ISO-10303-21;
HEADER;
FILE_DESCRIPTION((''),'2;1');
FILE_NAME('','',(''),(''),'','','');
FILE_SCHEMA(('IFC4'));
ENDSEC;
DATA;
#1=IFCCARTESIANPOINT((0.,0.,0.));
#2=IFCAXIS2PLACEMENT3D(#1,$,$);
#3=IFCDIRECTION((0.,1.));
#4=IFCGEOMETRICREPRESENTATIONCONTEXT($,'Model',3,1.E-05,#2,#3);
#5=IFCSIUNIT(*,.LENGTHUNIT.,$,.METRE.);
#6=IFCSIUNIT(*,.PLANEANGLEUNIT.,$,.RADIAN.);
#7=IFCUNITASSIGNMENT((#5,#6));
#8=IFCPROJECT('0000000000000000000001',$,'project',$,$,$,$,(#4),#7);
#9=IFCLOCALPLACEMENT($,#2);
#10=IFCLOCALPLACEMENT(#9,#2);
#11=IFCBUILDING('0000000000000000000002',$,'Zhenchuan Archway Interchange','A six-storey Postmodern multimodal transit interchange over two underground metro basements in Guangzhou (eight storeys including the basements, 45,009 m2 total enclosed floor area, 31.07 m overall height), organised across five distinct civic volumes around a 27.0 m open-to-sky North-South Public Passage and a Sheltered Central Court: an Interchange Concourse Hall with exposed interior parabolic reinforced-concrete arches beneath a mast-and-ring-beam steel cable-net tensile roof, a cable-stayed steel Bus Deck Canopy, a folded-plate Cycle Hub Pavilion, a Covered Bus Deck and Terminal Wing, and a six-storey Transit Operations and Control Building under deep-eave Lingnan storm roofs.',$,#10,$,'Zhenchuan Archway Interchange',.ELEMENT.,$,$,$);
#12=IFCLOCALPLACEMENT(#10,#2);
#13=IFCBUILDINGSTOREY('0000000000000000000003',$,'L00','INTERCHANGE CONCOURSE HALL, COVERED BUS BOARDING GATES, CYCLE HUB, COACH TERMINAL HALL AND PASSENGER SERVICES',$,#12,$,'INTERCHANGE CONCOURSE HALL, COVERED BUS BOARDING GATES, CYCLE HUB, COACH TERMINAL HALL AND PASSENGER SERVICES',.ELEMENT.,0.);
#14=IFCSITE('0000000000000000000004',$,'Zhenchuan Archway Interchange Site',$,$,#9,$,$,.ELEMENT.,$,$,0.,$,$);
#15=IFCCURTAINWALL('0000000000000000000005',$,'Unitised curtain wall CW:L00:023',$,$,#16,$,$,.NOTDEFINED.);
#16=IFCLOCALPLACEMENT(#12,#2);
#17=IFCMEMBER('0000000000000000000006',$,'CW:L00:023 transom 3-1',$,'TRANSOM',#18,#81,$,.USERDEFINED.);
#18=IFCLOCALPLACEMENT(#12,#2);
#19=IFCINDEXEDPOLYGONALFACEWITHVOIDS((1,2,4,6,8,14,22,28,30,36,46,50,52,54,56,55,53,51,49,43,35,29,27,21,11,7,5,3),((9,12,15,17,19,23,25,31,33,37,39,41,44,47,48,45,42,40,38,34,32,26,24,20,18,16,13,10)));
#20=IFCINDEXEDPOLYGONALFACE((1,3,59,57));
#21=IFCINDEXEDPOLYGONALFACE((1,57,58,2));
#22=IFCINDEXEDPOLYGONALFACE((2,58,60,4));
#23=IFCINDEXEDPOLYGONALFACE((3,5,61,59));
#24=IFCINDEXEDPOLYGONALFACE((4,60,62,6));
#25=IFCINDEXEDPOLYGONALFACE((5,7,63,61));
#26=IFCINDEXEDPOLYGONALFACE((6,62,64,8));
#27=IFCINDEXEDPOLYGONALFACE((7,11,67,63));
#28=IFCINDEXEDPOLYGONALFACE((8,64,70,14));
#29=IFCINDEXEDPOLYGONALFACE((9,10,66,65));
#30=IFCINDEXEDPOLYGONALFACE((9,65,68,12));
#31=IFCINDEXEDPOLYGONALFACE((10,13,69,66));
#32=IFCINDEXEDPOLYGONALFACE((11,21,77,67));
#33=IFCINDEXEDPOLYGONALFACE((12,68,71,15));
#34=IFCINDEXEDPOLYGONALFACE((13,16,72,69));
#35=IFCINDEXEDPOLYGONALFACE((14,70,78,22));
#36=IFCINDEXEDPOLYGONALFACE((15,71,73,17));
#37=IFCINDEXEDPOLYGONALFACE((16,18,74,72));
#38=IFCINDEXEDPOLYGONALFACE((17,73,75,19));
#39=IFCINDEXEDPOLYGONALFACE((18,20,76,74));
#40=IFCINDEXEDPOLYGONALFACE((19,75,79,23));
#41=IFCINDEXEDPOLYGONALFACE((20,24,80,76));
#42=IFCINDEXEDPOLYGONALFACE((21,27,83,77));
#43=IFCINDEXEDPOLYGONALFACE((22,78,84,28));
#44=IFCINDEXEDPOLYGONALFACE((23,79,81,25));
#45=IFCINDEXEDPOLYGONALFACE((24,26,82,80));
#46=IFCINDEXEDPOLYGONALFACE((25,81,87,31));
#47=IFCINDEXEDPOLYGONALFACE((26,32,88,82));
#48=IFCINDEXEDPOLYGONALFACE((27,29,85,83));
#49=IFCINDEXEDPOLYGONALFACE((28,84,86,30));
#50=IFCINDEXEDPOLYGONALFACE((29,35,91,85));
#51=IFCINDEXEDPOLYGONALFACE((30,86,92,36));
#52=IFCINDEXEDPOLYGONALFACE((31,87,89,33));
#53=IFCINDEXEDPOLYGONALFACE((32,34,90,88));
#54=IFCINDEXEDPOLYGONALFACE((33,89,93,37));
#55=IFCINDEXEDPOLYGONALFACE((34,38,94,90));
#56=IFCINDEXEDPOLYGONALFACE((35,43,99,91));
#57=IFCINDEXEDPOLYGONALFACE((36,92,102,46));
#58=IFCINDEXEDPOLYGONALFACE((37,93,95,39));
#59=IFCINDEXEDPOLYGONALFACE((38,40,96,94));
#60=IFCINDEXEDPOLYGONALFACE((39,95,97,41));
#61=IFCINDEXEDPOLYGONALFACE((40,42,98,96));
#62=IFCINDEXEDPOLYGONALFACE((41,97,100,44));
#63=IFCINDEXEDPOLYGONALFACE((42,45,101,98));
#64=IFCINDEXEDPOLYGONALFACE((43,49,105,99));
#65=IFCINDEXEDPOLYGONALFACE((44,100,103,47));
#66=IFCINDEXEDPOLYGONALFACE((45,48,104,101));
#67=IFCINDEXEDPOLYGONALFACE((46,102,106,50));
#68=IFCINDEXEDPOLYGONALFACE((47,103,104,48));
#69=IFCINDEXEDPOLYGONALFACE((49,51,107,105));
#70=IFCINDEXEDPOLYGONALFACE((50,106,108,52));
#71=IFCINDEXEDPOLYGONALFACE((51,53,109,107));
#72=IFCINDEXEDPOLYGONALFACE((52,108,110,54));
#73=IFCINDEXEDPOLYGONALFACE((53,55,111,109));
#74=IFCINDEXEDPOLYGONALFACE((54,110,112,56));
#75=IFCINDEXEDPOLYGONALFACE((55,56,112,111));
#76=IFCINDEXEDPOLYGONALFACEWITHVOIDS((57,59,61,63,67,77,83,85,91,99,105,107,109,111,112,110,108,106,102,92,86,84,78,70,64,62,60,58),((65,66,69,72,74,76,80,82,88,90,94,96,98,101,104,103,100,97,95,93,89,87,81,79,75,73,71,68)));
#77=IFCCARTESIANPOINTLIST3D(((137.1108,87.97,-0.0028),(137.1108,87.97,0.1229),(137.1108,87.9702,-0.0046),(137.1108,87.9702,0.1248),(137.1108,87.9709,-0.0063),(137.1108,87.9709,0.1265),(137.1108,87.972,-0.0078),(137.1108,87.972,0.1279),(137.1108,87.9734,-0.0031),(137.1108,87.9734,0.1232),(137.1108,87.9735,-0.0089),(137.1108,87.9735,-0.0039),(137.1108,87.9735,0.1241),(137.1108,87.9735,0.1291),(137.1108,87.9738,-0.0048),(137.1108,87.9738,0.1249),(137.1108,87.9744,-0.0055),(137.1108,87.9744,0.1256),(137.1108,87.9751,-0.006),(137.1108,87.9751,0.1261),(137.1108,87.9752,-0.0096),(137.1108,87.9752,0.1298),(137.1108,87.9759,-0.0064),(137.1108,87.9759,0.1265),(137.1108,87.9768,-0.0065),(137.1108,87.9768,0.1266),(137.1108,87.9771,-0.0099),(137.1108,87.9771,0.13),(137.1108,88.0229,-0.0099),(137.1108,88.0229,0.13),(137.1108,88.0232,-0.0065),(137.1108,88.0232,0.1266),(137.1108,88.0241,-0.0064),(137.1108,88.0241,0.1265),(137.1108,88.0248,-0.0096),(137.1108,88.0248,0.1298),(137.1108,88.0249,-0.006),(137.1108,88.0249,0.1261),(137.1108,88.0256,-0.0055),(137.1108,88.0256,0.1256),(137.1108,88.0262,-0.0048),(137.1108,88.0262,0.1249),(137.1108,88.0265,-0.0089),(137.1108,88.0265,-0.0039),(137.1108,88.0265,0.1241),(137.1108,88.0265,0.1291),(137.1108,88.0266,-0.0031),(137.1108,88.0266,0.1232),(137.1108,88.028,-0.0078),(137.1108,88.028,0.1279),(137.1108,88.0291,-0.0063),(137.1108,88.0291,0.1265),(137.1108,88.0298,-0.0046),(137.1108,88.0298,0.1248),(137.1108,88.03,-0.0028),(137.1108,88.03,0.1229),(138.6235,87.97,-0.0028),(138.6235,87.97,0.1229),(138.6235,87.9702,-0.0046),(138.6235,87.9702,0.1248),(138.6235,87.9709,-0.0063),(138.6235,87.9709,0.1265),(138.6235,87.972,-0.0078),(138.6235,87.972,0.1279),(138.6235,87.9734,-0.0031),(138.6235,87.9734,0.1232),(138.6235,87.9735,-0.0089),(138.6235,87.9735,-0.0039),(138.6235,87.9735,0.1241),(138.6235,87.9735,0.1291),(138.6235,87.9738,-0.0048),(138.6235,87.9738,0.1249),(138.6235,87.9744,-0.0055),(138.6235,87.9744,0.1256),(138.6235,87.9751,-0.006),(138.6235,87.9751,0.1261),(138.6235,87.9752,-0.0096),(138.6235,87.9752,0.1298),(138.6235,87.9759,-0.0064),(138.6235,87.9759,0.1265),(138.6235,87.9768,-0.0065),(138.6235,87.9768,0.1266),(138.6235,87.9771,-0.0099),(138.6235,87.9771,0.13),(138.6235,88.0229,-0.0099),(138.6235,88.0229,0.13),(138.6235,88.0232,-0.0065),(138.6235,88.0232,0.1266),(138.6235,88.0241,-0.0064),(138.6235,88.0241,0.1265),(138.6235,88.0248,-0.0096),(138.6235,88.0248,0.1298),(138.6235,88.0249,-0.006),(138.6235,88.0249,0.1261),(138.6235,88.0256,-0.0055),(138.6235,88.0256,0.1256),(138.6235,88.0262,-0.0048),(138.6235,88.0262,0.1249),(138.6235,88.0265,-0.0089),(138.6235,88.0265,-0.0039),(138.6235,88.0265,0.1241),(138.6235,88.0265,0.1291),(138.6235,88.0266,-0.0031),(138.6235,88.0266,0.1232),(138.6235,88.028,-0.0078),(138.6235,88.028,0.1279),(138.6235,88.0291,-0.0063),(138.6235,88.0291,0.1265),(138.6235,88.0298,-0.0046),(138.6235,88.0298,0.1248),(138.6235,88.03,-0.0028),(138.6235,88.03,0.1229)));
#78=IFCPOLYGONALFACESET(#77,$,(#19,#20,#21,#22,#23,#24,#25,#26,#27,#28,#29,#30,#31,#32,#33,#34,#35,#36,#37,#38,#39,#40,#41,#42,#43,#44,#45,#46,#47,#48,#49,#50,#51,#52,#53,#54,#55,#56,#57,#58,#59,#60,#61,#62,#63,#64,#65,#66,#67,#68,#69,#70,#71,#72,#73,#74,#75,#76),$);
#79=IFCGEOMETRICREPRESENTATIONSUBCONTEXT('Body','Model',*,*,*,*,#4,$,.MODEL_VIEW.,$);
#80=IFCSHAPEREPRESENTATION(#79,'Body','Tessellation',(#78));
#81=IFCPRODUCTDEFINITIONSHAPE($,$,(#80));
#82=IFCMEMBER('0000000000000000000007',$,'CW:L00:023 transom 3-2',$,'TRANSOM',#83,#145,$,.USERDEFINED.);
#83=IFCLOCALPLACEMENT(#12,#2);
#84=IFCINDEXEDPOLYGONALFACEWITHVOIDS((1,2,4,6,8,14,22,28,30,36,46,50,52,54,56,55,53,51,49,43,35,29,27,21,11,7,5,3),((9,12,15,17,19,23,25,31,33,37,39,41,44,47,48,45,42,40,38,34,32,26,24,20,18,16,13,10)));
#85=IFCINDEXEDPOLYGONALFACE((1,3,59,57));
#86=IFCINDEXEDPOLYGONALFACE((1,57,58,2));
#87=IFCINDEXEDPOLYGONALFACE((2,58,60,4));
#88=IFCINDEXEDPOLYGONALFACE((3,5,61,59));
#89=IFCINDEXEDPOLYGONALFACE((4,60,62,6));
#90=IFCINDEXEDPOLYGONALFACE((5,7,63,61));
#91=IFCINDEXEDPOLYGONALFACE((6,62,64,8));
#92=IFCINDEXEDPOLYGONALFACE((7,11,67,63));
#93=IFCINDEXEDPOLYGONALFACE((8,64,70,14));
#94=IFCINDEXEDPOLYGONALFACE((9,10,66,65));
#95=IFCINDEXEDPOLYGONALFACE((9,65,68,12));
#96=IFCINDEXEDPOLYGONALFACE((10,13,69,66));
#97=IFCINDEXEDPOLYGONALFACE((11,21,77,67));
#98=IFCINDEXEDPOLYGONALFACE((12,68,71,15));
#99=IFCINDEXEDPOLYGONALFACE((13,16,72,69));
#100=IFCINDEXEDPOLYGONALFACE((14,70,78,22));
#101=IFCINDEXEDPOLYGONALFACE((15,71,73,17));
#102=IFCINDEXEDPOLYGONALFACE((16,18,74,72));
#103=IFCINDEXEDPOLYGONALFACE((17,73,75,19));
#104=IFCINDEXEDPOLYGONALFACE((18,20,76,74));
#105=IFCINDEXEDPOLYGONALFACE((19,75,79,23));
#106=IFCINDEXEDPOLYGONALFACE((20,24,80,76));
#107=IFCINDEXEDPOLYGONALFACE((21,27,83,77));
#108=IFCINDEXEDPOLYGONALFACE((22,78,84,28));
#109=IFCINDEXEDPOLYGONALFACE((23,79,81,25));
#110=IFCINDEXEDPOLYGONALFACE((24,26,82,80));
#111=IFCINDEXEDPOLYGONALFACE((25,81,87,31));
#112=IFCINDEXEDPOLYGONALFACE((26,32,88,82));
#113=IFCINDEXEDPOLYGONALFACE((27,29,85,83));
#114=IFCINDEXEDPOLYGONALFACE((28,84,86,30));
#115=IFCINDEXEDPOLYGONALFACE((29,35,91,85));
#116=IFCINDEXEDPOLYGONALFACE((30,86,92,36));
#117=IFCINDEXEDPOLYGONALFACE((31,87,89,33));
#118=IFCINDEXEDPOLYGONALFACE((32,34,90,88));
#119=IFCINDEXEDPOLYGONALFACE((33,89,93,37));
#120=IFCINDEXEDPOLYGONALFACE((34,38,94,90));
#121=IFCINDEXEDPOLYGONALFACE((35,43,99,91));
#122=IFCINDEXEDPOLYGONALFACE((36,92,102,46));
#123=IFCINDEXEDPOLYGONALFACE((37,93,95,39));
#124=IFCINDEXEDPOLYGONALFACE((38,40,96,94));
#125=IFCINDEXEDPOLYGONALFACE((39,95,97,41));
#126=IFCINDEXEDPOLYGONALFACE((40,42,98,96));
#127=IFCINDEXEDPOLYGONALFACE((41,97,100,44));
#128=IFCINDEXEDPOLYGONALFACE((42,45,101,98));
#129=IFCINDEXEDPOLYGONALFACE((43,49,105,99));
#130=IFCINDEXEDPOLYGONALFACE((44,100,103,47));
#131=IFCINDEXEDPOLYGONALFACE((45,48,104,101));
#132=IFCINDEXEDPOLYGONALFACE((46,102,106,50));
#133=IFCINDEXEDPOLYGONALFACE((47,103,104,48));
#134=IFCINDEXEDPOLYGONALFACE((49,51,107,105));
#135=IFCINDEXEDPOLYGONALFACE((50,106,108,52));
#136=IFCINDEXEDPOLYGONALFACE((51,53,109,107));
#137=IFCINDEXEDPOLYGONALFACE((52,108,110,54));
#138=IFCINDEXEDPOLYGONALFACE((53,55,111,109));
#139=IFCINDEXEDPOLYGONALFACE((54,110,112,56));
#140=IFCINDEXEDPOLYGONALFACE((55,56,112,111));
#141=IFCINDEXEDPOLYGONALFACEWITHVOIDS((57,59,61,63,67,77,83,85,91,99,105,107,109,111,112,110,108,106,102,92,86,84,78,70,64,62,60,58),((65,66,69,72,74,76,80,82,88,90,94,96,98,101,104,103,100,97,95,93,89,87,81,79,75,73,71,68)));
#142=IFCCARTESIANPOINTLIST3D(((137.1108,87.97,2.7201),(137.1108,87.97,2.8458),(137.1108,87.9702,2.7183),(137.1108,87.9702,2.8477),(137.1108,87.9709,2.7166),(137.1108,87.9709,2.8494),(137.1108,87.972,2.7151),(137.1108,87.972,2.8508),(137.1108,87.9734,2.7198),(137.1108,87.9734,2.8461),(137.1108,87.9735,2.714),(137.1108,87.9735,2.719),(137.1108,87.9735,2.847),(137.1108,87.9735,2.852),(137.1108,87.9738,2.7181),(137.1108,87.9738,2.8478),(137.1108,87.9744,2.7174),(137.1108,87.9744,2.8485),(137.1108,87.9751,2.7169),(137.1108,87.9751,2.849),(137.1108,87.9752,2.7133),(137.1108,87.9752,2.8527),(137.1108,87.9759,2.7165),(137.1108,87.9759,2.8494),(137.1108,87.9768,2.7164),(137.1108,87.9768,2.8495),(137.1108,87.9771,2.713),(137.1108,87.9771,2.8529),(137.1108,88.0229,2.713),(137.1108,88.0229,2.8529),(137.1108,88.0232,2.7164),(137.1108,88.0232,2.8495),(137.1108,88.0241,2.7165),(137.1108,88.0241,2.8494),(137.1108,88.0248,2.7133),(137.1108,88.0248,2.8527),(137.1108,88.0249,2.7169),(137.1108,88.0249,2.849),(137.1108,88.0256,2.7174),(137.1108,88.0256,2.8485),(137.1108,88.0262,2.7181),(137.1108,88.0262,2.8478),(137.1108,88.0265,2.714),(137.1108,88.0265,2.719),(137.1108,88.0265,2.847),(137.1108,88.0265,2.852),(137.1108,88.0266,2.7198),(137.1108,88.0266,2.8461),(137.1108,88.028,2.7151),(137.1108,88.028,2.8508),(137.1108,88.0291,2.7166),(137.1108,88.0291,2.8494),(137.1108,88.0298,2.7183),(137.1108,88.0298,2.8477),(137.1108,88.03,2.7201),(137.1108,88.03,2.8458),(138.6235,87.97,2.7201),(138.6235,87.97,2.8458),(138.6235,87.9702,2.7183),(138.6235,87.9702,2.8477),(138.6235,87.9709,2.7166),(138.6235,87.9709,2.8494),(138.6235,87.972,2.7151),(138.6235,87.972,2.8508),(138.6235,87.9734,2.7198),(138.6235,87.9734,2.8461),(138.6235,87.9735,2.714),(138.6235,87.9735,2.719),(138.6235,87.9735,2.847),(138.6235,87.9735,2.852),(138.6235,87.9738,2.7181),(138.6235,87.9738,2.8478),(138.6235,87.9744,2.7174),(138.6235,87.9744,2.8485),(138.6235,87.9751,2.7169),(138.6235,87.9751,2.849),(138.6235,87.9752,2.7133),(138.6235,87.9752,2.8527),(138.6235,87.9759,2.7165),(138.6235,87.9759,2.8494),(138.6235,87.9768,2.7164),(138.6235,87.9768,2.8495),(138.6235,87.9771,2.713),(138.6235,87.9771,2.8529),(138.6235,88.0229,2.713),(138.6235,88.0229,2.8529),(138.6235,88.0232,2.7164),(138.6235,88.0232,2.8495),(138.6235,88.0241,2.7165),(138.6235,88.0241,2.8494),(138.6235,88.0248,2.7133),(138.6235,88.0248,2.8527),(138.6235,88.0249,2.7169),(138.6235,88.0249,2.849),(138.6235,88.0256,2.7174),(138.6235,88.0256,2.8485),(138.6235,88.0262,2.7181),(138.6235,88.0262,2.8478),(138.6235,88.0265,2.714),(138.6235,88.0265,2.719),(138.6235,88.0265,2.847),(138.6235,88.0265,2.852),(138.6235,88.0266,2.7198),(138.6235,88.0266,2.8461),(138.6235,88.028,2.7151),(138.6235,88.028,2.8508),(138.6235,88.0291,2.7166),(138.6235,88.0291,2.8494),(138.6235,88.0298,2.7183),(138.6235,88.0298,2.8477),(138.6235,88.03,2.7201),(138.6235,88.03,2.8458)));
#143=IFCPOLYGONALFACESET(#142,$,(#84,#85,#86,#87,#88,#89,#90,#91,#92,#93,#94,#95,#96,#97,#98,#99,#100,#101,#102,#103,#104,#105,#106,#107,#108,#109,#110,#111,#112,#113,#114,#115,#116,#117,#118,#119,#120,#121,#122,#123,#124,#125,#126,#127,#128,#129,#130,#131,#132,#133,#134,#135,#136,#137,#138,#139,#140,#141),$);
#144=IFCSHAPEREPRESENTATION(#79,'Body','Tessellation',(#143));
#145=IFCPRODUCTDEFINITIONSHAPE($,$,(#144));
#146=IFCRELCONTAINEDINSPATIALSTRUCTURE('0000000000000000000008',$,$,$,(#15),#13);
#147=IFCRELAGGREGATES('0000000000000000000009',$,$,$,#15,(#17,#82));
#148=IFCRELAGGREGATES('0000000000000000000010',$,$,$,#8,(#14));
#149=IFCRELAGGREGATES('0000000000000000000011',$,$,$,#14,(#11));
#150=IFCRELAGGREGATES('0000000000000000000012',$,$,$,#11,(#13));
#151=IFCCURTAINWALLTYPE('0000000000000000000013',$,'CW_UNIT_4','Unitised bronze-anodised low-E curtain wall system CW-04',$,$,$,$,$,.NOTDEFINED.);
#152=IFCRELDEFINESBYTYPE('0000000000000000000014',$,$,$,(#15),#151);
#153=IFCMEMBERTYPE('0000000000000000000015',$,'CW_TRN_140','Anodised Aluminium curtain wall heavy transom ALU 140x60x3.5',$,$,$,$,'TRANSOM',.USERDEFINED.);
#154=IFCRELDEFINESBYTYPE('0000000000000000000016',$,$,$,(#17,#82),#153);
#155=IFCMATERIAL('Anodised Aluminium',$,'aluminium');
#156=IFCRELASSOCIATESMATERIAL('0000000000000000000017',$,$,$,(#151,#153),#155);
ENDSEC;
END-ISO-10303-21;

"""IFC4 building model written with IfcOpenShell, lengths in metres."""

from ifc_helpers import new_model, si_unit, direction, frame, origin, origin_2d, place, context, subcontext, project, spatial, hollow_rectangle, extrude, material, material_profile, profile_set, type_object, element, aggregate, save


model = new_model("IFC4")

# Units and contexts
model_context = context("Model", 3, precision=1e-05, world=origin(), true_north=direction((0.0, 1.0)))
body_context = subcontext(model_context, "Body", "Model", "MODEL_VIEW")
ifc_project = project(units=[si_unit("LENGTHUNIT", "METRE"), si_unit("PLANEANGLEUNIT", "RADIAN")], contexts=[model_context])

# Site, building, storey
site_placement = place(None, origin())
site = spatial("IfcSite", under=ifc_project, at=site_placement, Name="Zhenchuan Archway Interchange Site", CompositionType="ELEMENT", RefElevation=0.0)
building_placement = place(site_placement, origin())
building = spatial("IfcBuilding", under=site, at=building_placement, Name="Zhenchuan Archway Interchange", Description="A six-storey Postmodern multimodal transit interchange over two underground metro basements in Guangzhou (eight storeys including the basements, 45,009 m2 total enclosed floor area, 31.07 m overall height), organised across five distinct civic volumes around a 27.0 m open-to-sky North-South Public Passage and a Sheltered Central Court: an Interchange Concourse Hall with exposed interior parabolic reinforced-concrete arches beneath a mast-and-ring-beam steel cable-net tensile roof, a cable-stayed steel Bus Deck Canopy, a folded-plate Cycle Hub Pavilion, a Covered Bus Deck and Terminal Wing, and a six-storey Transit Operations and Control Building under deep-eave Lingnan storm roofs.", LongName="Zhenchuan Archway Interchange", CompositionType="ELEMENT")
storey_placement = place(building_placement, origin())
storey = spatial("IfcBuildingStorey", under=building, at=storey_placement, Name="L00", Description="INTERCHANGE CONCOURSE HALL, COVERED BUS BOARDING GATES, CYCLE HUB, COACH TERMINAL HALL AND PASSENGER SERVICES", LongName="INTERCHANGE CONCOURSE HALL, COVERED BUS BOARDING GATES, CYCLE HUB, COACH TERMINAL HALL AND PASSENGER SERVICES", CompositionType="ELEMENT", Elevation=0.0)

# Curtain wall, members
ifc_material_1 = material(Name="Anodised Aluminium", Category="aluminium")
curtain_wall_type = type_object("IfcCurtainWallType", Name="CW_UNIT_4", Description="Unitised bronze-anodised low-E curtain wall system CW-04", PredefinedType="NOTDEFINED", material=ifc_material_1)
curtain_wall_placement = place(storey_placement, origin())
curtain_wall = element("IfcCurtainWall", 1, at=curtain_wall_placement, inside=storey, type_object=curtain_wall_type, Name="Unitised curtain wall CW:L00:023", PredefinedType="NOTDEFINED")
ifc_material_profile_1 = material_profile(ifc_material_1, hollow_rectangle(XDim=0.0601, YDim=0.1399, WallThickness=0.0034, InnerFilletRadius=0.0034, OuterFilletRadius=0.0071, at=origin_2d()), Name="ALU 140x60x3.5")
ifc_profile_set_1 = profile_set([ifc_material_profile_1], Name="Anodised Aluminium")
member_type_1 = type_object("IfcMemberType", Name="CW_TRN_140", Description="Anodised Aluminium curtain wall heavy transom ALU 140x60x3.5", ElementType="TRANSOM", PredefinedType="USERDEFINED", material=ifc_profile_set_1)
member_1_placement = place(storey_placement, frame((138.6235, 88.0, 0.0601), z_axis=(-1.0, 0.0, 0.0), x_axis=(0.0, -1.0, 0.0)))
member_1 = element("IfcMember", 2, at=member_1_placement, type_object=member_type_1, Name="CW:L00:023 transom 3-1", ObjectType="TRANSOM", PredefinedType="USERDEFINED", context=body_context, shape_type="SweptSolid", body=[
    extrude(hollow_rectangle(XDim=0.0601, YDim=0.1399, WallThickness=0.0034, InnerFilletRadius=0.0034, OuterFilletRadius=0.0071, at=origin_2d()), origin(), (0.0, 0.0, 1.0), 1.5127),
])
member_2_placement = place(storey_placement, frame((138.6235, 88.0, 2.783), z_axis=(-1.0, 0.0, 0.0), x_axis=(0.0, -1.0, 0.0)))
member_2 = element("IfcMember", 3, at=member_2_placement, type_object=member_type_1, Name="CW:L00:023 transom 3-2", ObjectType="TRANSOM", PredefinedType="USERDEFINED", context=body_context, shape_type="SweptSolid", body=[
    extrude(hollow_rectangle(XDim=0.0601, YDim=0.1399, WallThickness=0.0034, InnerFilletRadius=0.0034, OuterFilletRadius=0.0071, at=origin_2d()), origin(), (0.0, 0.0, 1.0), 1.5127),
])

aggregate(curtain_wall, [member_1, member_2])

save(model, "model.ifc")
